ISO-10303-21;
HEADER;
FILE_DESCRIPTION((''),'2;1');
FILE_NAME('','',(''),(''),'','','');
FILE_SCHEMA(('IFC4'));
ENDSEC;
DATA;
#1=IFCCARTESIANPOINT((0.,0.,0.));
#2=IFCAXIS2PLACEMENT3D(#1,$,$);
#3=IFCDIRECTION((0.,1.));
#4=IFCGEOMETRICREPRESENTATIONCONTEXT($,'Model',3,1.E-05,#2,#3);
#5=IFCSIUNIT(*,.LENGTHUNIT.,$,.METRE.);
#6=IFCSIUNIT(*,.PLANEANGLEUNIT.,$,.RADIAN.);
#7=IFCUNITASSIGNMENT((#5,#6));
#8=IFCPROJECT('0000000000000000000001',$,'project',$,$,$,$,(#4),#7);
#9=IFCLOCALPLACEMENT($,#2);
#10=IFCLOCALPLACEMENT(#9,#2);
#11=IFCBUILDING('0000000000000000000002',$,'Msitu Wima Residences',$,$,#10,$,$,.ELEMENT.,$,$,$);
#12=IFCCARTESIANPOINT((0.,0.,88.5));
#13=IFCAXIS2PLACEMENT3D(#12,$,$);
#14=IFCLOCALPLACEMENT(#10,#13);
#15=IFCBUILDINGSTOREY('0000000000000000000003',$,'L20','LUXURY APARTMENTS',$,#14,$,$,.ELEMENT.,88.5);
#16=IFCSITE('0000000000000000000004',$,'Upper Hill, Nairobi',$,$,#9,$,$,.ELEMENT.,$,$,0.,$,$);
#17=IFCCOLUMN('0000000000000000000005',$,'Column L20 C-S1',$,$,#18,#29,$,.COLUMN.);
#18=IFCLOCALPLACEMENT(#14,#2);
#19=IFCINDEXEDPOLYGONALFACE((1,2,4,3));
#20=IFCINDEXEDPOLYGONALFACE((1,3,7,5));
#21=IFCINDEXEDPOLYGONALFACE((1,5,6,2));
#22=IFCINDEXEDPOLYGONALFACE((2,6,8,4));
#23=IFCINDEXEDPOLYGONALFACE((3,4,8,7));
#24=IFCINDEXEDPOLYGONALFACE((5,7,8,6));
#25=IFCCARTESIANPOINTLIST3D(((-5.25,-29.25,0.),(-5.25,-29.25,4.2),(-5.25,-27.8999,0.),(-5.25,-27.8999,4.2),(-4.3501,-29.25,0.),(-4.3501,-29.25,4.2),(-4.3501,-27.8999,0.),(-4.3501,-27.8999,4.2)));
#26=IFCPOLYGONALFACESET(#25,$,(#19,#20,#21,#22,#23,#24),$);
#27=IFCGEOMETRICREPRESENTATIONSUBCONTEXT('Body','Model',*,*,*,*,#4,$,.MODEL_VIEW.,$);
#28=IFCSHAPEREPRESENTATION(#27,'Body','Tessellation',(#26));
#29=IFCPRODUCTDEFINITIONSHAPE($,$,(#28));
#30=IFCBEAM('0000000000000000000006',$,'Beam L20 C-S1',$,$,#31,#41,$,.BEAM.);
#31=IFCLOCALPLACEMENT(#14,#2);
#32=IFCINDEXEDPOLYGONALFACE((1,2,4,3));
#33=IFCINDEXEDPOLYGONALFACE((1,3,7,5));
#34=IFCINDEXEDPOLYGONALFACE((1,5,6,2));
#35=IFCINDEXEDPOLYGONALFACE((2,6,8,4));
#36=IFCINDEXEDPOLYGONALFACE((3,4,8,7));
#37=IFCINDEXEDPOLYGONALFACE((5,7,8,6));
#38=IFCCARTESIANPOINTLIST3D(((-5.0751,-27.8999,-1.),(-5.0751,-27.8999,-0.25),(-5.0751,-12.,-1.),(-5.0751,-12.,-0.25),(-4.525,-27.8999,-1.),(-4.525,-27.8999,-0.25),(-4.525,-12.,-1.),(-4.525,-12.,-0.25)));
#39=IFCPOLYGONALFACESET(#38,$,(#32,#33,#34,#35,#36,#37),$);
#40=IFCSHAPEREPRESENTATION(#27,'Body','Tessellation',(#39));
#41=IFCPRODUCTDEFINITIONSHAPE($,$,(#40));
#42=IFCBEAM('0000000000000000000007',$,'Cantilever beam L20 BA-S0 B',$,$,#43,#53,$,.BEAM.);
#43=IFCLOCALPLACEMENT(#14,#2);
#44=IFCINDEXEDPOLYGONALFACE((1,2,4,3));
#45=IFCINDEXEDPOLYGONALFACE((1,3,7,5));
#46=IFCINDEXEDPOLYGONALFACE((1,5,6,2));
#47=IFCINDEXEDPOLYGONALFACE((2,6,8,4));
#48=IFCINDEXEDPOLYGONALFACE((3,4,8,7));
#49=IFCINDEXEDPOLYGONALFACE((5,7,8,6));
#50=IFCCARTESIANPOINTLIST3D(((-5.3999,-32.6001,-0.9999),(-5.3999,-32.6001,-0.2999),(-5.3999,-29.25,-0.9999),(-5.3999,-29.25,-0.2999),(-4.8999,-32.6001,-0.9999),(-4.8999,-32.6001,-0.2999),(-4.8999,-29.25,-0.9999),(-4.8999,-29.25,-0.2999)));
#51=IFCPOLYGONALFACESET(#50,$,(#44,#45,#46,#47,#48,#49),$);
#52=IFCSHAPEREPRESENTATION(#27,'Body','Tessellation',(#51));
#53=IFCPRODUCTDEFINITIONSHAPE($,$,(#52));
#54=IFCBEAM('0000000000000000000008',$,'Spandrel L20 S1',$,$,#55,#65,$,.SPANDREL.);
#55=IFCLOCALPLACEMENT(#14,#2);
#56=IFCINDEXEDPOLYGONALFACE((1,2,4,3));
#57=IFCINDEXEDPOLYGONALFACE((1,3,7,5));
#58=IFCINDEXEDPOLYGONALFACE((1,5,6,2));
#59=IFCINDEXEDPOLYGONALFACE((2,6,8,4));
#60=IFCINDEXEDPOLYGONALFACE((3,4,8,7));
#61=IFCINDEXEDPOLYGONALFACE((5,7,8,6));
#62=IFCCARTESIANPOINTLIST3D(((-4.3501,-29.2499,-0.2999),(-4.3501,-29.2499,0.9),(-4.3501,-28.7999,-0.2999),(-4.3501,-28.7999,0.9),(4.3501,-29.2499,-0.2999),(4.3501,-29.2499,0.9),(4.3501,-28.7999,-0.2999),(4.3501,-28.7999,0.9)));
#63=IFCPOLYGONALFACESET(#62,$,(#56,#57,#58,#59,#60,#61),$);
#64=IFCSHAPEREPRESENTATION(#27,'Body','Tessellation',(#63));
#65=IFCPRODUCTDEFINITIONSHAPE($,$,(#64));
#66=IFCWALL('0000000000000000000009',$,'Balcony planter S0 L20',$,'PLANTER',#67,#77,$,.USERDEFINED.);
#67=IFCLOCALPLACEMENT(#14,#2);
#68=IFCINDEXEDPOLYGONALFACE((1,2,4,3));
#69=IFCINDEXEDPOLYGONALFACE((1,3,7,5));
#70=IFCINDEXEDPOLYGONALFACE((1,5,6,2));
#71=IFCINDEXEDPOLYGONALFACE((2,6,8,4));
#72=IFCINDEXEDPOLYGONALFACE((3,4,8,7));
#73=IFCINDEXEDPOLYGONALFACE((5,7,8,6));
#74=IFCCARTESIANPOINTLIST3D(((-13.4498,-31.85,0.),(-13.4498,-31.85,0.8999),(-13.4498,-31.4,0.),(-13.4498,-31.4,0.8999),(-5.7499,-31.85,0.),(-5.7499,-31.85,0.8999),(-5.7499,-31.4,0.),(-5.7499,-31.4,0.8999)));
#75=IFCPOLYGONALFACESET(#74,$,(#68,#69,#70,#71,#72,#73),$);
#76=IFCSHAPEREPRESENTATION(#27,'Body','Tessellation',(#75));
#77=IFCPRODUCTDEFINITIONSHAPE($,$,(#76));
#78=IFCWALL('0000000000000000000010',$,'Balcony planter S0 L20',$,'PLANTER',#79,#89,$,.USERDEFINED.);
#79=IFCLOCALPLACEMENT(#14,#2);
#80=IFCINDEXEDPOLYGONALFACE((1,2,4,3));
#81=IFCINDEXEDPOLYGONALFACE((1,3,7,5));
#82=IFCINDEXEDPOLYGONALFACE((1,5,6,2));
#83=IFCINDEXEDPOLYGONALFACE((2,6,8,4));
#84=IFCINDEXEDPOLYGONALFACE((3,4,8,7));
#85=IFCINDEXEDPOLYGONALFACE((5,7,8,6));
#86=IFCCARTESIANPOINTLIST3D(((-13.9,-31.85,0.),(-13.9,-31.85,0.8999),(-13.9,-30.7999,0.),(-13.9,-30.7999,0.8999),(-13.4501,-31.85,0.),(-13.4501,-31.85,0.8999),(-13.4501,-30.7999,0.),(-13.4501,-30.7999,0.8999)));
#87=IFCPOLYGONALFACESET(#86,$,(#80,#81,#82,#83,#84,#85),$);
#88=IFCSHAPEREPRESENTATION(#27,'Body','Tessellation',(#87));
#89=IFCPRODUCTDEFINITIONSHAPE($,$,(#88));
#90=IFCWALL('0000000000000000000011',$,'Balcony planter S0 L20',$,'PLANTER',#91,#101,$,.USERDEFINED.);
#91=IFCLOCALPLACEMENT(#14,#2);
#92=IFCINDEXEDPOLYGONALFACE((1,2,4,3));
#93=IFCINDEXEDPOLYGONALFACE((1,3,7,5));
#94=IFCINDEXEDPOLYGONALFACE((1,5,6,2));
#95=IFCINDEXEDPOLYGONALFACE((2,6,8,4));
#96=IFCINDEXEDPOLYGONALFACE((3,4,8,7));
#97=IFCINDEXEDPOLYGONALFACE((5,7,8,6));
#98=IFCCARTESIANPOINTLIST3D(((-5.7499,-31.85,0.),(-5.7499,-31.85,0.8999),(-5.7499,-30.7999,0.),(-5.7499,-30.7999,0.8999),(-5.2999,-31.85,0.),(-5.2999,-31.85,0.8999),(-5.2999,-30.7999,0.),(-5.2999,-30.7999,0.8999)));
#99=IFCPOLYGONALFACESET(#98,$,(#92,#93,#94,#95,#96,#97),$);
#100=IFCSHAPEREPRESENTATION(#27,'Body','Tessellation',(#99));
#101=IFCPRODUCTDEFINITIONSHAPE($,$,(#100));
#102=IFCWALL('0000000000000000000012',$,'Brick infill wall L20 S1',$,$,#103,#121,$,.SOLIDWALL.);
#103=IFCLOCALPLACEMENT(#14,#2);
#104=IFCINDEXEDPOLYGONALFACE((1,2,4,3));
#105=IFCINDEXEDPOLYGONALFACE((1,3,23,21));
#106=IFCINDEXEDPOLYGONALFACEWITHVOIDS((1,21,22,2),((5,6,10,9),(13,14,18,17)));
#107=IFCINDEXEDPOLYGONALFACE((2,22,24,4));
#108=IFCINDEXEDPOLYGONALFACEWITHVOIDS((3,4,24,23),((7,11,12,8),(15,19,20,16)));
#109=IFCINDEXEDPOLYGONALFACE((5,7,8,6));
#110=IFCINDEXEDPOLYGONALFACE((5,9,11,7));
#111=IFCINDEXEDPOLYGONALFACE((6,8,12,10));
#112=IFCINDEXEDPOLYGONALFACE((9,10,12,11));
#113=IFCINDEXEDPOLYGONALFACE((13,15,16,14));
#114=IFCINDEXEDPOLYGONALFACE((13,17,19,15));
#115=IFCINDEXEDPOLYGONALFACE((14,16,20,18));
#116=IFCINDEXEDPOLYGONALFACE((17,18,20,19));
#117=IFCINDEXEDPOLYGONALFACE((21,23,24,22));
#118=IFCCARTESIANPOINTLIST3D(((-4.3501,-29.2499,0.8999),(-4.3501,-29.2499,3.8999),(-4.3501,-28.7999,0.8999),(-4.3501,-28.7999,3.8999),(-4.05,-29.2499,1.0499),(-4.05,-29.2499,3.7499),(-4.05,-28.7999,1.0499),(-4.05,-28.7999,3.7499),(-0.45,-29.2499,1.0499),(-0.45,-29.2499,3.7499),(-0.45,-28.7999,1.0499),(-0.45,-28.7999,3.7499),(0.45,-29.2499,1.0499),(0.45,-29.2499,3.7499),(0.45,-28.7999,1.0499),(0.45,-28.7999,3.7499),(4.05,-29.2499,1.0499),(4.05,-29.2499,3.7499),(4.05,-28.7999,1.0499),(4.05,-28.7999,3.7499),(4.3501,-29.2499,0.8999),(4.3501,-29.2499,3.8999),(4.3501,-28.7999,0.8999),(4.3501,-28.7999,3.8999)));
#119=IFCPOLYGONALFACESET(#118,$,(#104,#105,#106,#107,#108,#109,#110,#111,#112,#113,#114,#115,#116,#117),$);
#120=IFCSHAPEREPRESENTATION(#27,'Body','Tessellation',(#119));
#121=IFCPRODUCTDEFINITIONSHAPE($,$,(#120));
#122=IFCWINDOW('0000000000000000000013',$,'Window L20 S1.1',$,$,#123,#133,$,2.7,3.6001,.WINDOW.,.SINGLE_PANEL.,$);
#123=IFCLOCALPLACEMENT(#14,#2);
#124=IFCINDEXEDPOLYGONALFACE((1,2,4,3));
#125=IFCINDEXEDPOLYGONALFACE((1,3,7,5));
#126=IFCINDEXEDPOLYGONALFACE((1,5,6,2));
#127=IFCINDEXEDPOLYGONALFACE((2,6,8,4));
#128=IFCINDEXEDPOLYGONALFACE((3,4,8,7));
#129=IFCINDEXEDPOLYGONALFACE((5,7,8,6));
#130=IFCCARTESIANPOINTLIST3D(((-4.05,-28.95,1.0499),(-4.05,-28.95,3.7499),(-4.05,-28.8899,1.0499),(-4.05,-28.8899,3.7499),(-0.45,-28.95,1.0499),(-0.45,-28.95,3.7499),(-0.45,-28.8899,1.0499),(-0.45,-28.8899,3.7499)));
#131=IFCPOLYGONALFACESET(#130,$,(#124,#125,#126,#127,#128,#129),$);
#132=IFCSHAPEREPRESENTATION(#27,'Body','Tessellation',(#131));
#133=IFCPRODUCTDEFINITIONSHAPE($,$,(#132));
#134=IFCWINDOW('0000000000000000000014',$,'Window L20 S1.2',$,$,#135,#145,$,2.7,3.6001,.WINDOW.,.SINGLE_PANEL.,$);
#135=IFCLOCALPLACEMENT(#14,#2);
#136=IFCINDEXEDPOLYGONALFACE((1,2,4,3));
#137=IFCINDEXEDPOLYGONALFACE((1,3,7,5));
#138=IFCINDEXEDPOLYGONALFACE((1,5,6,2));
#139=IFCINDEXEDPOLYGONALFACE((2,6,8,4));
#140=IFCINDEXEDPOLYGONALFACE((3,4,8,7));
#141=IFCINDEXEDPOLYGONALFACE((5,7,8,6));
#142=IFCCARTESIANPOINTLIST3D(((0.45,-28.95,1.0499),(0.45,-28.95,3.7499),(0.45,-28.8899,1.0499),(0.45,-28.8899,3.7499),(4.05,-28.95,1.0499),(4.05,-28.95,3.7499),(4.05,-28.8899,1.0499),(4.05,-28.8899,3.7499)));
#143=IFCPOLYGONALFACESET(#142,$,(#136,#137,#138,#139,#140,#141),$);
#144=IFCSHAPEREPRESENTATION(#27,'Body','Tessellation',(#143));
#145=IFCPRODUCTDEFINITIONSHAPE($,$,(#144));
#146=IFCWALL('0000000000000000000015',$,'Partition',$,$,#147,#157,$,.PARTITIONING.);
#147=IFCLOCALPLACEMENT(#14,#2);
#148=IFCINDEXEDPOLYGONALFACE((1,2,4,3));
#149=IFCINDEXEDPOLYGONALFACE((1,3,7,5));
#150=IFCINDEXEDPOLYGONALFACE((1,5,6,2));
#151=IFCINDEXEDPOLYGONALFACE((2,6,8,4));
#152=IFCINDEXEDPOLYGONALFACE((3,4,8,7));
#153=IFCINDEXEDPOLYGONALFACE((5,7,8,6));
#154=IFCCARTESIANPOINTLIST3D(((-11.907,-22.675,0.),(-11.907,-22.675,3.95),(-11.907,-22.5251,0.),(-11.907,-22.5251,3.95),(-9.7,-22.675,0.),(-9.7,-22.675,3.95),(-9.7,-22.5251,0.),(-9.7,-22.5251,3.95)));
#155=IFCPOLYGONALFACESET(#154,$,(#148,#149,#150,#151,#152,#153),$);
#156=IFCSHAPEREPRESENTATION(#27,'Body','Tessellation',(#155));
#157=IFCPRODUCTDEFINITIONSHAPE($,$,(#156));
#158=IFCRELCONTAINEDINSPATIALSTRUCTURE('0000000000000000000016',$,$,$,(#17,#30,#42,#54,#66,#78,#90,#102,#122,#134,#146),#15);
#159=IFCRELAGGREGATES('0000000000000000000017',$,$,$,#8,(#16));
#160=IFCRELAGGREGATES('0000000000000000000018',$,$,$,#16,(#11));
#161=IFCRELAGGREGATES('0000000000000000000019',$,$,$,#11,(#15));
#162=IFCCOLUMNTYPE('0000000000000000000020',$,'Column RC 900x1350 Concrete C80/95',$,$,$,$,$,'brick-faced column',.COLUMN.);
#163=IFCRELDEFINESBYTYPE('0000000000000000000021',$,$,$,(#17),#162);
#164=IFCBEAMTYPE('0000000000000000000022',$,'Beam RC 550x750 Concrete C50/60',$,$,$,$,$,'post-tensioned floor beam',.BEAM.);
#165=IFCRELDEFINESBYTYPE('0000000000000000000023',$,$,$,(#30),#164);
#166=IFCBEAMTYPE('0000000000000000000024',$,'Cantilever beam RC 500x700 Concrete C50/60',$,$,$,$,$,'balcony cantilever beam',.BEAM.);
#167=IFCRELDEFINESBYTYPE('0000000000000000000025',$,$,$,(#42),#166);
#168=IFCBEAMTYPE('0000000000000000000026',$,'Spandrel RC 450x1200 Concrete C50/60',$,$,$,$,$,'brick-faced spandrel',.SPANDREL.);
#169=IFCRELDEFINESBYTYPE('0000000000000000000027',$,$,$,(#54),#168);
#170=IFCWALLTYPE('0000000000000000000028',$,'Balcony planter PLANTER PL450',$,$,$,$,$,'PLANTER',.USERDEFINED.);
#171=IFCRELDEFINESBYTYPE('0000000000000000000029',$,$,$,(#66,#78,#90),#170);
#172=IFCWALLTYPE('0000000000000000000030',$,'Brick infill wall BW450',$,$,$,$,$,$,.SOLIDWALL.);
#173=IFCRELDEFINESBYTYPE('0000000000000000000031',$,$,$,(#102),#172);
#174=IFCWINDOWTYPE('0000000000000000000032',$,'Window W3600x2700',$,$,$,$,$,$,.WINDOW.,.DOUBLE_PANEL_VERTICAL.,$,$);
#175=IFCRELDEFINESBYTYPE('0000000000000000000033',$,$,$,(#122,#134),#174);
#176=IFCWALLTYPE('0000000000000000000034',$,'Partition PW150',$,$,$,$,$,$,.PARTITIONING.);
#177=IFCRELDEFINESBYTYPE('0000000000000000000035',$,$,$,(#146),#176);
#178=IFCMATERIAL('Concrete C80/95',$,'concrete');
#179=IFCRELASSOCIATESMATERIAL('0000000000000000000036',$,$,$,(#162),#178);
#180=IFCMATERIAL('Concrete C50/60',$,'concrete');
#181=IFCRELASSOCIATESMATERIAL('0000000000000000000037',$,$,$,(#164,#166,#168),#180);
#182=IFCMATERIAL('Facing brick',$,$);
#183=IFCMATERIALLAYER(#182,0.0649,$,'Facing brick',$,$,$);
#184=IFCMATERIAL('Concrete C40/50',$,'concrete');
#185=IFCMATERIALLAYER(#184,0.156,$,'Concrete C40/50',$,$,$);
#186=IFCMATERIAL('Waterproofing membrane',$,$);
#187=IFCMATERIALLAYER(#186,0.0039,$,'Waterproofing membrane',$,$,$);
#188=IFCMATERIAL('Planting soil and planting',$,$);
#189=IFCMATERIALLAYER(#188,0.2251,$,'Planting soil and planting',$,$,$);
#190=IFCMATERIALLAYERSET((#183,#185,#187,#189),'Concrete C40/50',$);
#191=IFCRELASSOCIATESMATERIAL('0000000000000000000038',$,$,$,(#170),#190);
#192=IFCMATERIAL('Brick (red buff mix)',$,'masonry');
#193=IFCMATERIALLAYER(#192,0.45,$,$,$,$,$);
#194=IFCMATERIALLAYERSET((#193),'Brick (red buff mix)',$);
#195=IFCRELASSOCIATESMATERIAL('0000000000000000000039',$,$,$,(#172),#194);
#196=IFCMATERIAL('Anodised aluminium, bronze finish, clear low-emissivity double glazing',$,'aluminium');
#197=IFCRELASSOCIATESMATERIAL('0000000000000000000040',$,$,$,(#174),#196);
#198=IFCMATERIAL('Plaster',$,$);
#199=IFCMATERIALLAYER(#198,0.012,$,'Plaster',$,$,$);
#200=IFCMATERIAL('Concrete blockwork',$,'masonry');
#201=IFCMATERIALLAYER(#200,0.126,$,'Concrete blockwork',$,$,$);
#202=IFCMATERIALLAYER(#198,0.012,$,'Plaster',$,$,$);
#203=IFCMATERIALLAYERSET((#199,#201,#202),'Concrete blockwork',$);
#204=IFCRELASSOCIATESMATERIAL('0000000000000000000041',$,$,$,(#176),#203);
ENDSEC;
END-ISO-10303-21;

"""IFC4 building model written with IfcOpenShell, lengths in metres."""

from ifc_helpers import new_model, si_unit, direction, frame, frame_2d, origin, origin_2d, place, context, subcontext, project, spatial, rectangle, extrude, material, layer, layer_set, material_profile, profile_set, type_object, element, fill, save


model = new_model("IFC4")

# Units and contexts
model_context = context("Model", 3, precision=1e-05, world=origin(), true_north=direction((0.0, 1.0)))
body_context = subcontext(model_context, "Body", "Model", "MODEL_VIEW")
ifc_project = project(units=[si_unit("LENGTHUNIT", "METRE"), si_unit("PLANEANGLEUNIT", "RADIAN")], contexts=[model_context])

# Site, building, storey
site_placement = place(None, origin())
site = spatial("IfcSite", under=ifc_project, at=site_placement, Name="Upper Hill, Nairobi", CompositionType="ELEMENT", RefElevation=0.0)
building_placement = place(site_placement, origin())
building = spatial("IfcBuilding", under=site, at=building_placement, Name="Msitu Wima Residences", CompositionType="ELEMENT")
storey_placement = place(building_placement, frame((0.0, 0.0, 88.5)))
storey = spatial("IfcBuildingStorey", under=building, at=storey_placement, Name="L20", Description="LUXURY APARTMENTS", CompositionType="ELEMENT", Elevation=88.5)

# Column
ifc_material_1 = material(Name="Concrete C80/95", Category="concrete")
ifc_material_profile_1 = material_profile(ifc_material_1, rectangle(XDim=0.8999, YDim=1.3501, at=origin_2d()), Name="RC 900x1350")
ifc_profile_set_1 = profile_set([ifc_material_profile_1], Name="Concrete C80/95")
column_type = type_object("IfcColumnType", Name="Column RC 900x1350 Concrete C80/95", ElementType="brick-faced column", PredefinedType="COLUMN", material=ifc_profile_set_1)
column_placement = place(storey_placement, frame((-4.8, -28.575, 0.0), z_axis=(0.0, 0.0, 1.0), x_axis=(1.0, 0.0, 0.0)))
element("IfcColumn", 1, at=column_placement, inside=storey, type_object=column_type, Name="Column L20 C-S1", PredefinedType="COLUMN", context=body_context, shape_type="SweptSolid", body=[
    extrude(rectangle(XDim=0.8999, YDim=1.3501, at=origin_2d()), origin(), (0.0, 0.0, 1.0), 4.2),
])

# Beams
ifc_material_2 = material(Name="Concrete C50/60", Category="concrete")
ifc_material_profile_2 = material_profile(ifc_material_2, rectangle(XDim=0.55, YDim=0.75, at=origin_2d()), Name="RC 550x750")
ifc_profile_set_2 = profile_set([ifc_material_profile_2], Name="Concrete C50/60")
beam_type_1 = type_object("IfcBeamType", Name="Beam RC 550x750 Concrete C50/60", ElementType="post-tensioned floor beam", PredefinedType="BEAM", material=ifc_profile_set_2)
beam_1_placement = place(storey_placement, frame((-4.8, -27.8999, -0.625), z_axis=(0.0, 1.0, 0.0), x_axis=(-1.0, 0.0, 0.0)))
element("IfcBeam", 2, at=beam_1_placement, inside=storey, type_object=beam_type_1, Name="Beam L20 C-S1", PredefinedType="BEAM", context=body_context, shape_type="SweptSolid", body=[
    extrude(rectangle(XDim=0.55, YDim=0.75, at=origin_2d()), origin(), (0.0, 0.0, 1.0), 15.8999),
])
ifc_material_profile_3 = material_profile(ifc_material_2, rectangle(XDim=0.5, YDim=0.7, at=origin_2d()), Name="RC 500x700")
ifc_profile_set_3 = profile_set([ifc_material_profile_3], Name="Concrete C50/60")
beam_type_2 = type_object("IfcBeamType", Name="Cantilever beam RC 500x700 Concrete C50/60", ElementType="balcony cantilever beam", PredefinedType="BEAM", material=ifc_profile_set_3)
beam_2_placement = place(storey_placement, frame((-5.1499, -29.25, -0.6499), z_axis=(0.0, -1.0, 0.0), x_axis=(1.0, 0.0, 0.0)))
element("IfcBeam", 3, at=beam_2_placement, inside=storey, type_object=beam_type_2, Name="Cantilever beam L20 BA-S0 B", PredefinedType="BEAM", context=body_context, shape_type="SweptSolid", body=[
    extrude(rectangle(XDim=0.5, YDim=0.7, at=origin_2d()), origin(), (0.0, 0.0, 1.0), 3.3501),
])
ifc_material_profile_4 = material_profile(ifc_material_2, rectangle(XDim=0.45, YDim=1.2, at=origin_2d()), Name="RC 450x1200")
ifc_profile_set_4 = profile_set([ifc_material_profile_4], Name="Concrete C50/60")
beam_type_3 = type_object("IfcBeamType", Name="Spandrel RC 450x1200 Concrete C50/60", ElementType="brick-faced spandrel", PredefinedType="SPANDREL", material=ifc_profile_set_4)
beam_3_placement = place(storey_placement, frame((-4.3501, -29.0249, 0.3), z_axis=(1.0, 0.0, 0.0), x_axis=(0.0, 1.0, 0.0)))
element("IfcBeam", 4, at=beam_3_placement, inside=storey, type_object=beam_type_3, Name="Spandrel L20 S1", PredefinedType="SPANDREL", context=body_context, shape_type="SweptSolid", body=[
    extrude(rectangle(XDim=0.45, YDim=1.2, at=origin_2d()), origin(), (0.0, 0.0, 1.0), 8.7002),
])

# Walls
ifc_material_3 = material(Name="Facing brick")
ifc_layer_1 = layer(ifc_material_3, 0.0649, Name="Facing brick")
ifc_material_4 = material(Name="Concrete C40/50", Category="concrete")
ifc_layer_2 = layer(ifc_material_4, 0.156, Name="Concrete C40/50")
ifc_material_5 = material(Name="Waterproofing membrane")
ifc_layer_3 = layer(ifc_material_5, 0.0039, Name="Waterproofing membrane")
ifc_material_6 = material(Name="Planting soil and planting")
ifc_layer_4 = layer(ifc_material_6, 0.2251, Name="Planting soil and planting")
ifc_layer_set_1 = layer_set([ifc_layer_1, ifc_layer_2, ifc_layer_3, ifc_layer_4], Name="Concrete C40/50")
wall_type_1 = type_object("IfcWallType", Name="Balcony planter PLANTER PL450", ElementType="PLANTER", PredefinedType="USERDEFINED", material=ifc_layer_set_1)
wall_1_placement = place(storey_placement, frame((-13.45, -31.625, 0.0), z_axis=(0.0, 0.0, 1.0), x_axis=(1.0, 0.0, 0.0)))
element("IfcWall", 5, at=wall_1_placement, inside=storey, type_object=wall_type_1, Name="Balcony planter S0 L20", ObjectType="PLANTER", PredefinedType="USERDEFINED", context=body_context, shape_type="SweptSolid", body=[
    extrude(rectangle(XDim=7.7, YDim=0.45, at=frame_2d((3.8501, 0.0))), origin(), (0.0, 0.0, 1.0), 0.8999),
])
for number, where, z_axis, x_axis, name in (
    (6, (-13.675, -30.8, 0.0), (0.0, 0.0, 1.0), (0.0, -1.0, 0.0), "Balcony planter S0 L20"),
    (7, (-5.5249, -30.8, 0.0), (0.0, 0.0, 1.0), (0.0, -1.0, 0.0), "Balcony planter S0 L20"),
):
    element("IfcWall", number, at=place(storey_placement, frame(where, z_axis=z_axis, x_axis=x_axis)), inside=storey, type_object=wall_type_1, Name=name, ObjectType="PLANTER", PredefinedType="USERDEFINED", context=body_context, shape_type="SweptSolid", body=[
        extrude(rectangle(XDim=1.05, YDim=0.45, at=frame_2d((0.5249, 0.0))), origin(), (0.0, 0.0, 1.0), 0.8999),
    ])

# Wall, openings, windows
ifc_material_7 = material(Name="Brick (red buff mix)", Category="masonry")
ifc_layer_5 = layer(ifc_material_7, 0.45)
ifc_layer_set_2 = layer_set([ifc_layer_5], Name="Brick (red buff mix)")
wall_type_2 = type_object("IfcWallType", Name="Brick infill wall BW450", PredefinedType="SOLIDWALL", material=ifc_layer_set_2)
wall_2_placement = place(storey_placement, frame((-4.3501, -29.0249, 0.8999), z_axis=(0.0, 0.0, 1.0), x_axis=(1.0, 0.0, 0.0)))
wall_2 = element("IfcWall", 8, at=wall_2_placement, inside=storey, type_object=wall_type_2, Name="Brick infill wall L20 S1", PredefinedType="SOLIDWALL", context=body_context, shape_type="SweptSolid", body=[
    extrude(rectangle(XDim=8.7002, YDim=0.45, at=frame_2d((4.3501, 0.0))), origin(), (0.0, 0.0, 1.0), 3.0),
])
opening_1_placement = place(wall_2_placement, frame((0.3, 0.0, 0.1499)))
opening_1 = element("IfcOpeningElement", 9, at=opening_1_placement, cuts=wall_2, PredefinedType="OPENING", context=body_context, shape_type="SweptSolid", body=[
    extrude(rectangle(XDim=3.6001, YDim=2.7, at=frame_2d((1.8, 1.3501))), frame((0.0, 0.2349, 0.0), z_axis=(0.0, -1.0, 0.0), x_axis=(1.0, 0.0, 0.0)), (0.0, 0.0, 1.0), 0.47),
])
opening_2_placement = place(wall_2_placement, frame((4.8, 0.0, 0.1499)))
opening_2 = element("IfcOpeningElement", 10, at=opening_2_placement, cuts=wall_2, PredefinedType="OPENING", context=body_context, shape_type="SweptSolid", body=[
    extrude(rectangle(XDim=3.6001, YDim=2.7, at=frame_2d((1.8, 1.3501))), frame((0.0, 0.2349, 0.0), z_axis=(0.0, -1.0, 0.0), x_axis=(1.0, 0.0, 0.0)), (0.0, 0.0, 1.0), 0.47),
])
ifc_material_8 = material(Name="Anodised aluminium, bronze finish, clear low-emissivity double glazing", Category="aluminium")
window_type = type_object("IfcWindowType", Name="Window W3600x2700", PartitioningType="DOUBLE_PANEL_VERTICAL", PredefinedType="WINDOW", material=ifc_material_8)
window_1_placement = place(opening_1_placement, origin())
window_1 = element("IfcWindow", 11, at=window_1_placement, inside=storey, type_object=window_type, Name="Window L20 S1.1", OverallHeight=2.7, OverallWidth=3.6001, PartitioningType="SINGLE_PANEL", PredefinedType="WINDOW", context=body_context, shape_type="SweptSolid", body=[
    extrude(rectangle(XDim=3.6001, YDim=2.7, at=frame_2d((1.8, 1.3501))), frame((0.0, 0.135, 0.0), z_axis=(0.0, -1.0, 0.0), x_axis=(1.0, 0.0, 0.0)), (0.0, 0.0, 1.0), 0.0601),
])
fill(opening_1, window_1)
window_2_placement = place(opening_2_placement, origin())
window_2 = element("IfcWindow", 12, at=window_2_placement, inside=storey, type_object=window_type, Name="Window L20 S1.2", OverallHeight=2.7, OverallWidth=3.6001, PartitioningType="SINGLE_PANEL", PredefinedType="WINDOW", context=body_context, shape_type="SweptSolid", body=[
    extrude(rectangle(XDim=3.6001, YDim=2.7, at=frame_2d((1.8, 1.3501))), frame((0.0, 0.135, 0.0), z_axis=(0.0, -1.0, 0.0), x_axis=(1.0, 0.0, 0.0)), (0.0, 0.0, 1.0), 0.0601),
])
fill(opening_2, window_2)

# Wall
ifc_material_9 = material(Name="Plaster")
ifc_layer_6 = layer(ifc_material_9, 0.012, Name="Plaster")
ifc_material_10 = material(Name="Concrete blockwork", Category="masonry")
ifc_layer_7 = layer(ifc_material_10, 0.126, Name="Concrete blockwork")
ifc_layer_8 = layer(ifc_material_9, 0.012, Name="Plaster")
ifc_layer_set_3 = layer_set([ifc_layer_6, ifc_layer_7, ifc_layer_8], Name="Concrete blockwork")
wall_type_3 = type_object("IfcWallType", Name="Partition PW150", PredefinedType="PARTITIONING", material=ifc_layer_set_3)
wall_3_placement = place(storey_placement, frame((-11.907, -22.6001, 0.0), z_axis=(0.0, 0.0, 1.0), x_axis=(1.0, 0.0, 0.0)))
element("IfcWall", 13, at=wall_3_placement, inside=storey, type_object=wall_type_3, Name="Partition", PredefinedType="PARTITIONING", context=body_context, shape_type="SweptSolid", body=[
    extrude(rectangle(XDim=2.207, YDim=0.1499, at=frame_2d((1.1035, 0.0))), origin(), (0.0, 0.0, 1.0), 3.95),
])

save(model, "model.ifc")
